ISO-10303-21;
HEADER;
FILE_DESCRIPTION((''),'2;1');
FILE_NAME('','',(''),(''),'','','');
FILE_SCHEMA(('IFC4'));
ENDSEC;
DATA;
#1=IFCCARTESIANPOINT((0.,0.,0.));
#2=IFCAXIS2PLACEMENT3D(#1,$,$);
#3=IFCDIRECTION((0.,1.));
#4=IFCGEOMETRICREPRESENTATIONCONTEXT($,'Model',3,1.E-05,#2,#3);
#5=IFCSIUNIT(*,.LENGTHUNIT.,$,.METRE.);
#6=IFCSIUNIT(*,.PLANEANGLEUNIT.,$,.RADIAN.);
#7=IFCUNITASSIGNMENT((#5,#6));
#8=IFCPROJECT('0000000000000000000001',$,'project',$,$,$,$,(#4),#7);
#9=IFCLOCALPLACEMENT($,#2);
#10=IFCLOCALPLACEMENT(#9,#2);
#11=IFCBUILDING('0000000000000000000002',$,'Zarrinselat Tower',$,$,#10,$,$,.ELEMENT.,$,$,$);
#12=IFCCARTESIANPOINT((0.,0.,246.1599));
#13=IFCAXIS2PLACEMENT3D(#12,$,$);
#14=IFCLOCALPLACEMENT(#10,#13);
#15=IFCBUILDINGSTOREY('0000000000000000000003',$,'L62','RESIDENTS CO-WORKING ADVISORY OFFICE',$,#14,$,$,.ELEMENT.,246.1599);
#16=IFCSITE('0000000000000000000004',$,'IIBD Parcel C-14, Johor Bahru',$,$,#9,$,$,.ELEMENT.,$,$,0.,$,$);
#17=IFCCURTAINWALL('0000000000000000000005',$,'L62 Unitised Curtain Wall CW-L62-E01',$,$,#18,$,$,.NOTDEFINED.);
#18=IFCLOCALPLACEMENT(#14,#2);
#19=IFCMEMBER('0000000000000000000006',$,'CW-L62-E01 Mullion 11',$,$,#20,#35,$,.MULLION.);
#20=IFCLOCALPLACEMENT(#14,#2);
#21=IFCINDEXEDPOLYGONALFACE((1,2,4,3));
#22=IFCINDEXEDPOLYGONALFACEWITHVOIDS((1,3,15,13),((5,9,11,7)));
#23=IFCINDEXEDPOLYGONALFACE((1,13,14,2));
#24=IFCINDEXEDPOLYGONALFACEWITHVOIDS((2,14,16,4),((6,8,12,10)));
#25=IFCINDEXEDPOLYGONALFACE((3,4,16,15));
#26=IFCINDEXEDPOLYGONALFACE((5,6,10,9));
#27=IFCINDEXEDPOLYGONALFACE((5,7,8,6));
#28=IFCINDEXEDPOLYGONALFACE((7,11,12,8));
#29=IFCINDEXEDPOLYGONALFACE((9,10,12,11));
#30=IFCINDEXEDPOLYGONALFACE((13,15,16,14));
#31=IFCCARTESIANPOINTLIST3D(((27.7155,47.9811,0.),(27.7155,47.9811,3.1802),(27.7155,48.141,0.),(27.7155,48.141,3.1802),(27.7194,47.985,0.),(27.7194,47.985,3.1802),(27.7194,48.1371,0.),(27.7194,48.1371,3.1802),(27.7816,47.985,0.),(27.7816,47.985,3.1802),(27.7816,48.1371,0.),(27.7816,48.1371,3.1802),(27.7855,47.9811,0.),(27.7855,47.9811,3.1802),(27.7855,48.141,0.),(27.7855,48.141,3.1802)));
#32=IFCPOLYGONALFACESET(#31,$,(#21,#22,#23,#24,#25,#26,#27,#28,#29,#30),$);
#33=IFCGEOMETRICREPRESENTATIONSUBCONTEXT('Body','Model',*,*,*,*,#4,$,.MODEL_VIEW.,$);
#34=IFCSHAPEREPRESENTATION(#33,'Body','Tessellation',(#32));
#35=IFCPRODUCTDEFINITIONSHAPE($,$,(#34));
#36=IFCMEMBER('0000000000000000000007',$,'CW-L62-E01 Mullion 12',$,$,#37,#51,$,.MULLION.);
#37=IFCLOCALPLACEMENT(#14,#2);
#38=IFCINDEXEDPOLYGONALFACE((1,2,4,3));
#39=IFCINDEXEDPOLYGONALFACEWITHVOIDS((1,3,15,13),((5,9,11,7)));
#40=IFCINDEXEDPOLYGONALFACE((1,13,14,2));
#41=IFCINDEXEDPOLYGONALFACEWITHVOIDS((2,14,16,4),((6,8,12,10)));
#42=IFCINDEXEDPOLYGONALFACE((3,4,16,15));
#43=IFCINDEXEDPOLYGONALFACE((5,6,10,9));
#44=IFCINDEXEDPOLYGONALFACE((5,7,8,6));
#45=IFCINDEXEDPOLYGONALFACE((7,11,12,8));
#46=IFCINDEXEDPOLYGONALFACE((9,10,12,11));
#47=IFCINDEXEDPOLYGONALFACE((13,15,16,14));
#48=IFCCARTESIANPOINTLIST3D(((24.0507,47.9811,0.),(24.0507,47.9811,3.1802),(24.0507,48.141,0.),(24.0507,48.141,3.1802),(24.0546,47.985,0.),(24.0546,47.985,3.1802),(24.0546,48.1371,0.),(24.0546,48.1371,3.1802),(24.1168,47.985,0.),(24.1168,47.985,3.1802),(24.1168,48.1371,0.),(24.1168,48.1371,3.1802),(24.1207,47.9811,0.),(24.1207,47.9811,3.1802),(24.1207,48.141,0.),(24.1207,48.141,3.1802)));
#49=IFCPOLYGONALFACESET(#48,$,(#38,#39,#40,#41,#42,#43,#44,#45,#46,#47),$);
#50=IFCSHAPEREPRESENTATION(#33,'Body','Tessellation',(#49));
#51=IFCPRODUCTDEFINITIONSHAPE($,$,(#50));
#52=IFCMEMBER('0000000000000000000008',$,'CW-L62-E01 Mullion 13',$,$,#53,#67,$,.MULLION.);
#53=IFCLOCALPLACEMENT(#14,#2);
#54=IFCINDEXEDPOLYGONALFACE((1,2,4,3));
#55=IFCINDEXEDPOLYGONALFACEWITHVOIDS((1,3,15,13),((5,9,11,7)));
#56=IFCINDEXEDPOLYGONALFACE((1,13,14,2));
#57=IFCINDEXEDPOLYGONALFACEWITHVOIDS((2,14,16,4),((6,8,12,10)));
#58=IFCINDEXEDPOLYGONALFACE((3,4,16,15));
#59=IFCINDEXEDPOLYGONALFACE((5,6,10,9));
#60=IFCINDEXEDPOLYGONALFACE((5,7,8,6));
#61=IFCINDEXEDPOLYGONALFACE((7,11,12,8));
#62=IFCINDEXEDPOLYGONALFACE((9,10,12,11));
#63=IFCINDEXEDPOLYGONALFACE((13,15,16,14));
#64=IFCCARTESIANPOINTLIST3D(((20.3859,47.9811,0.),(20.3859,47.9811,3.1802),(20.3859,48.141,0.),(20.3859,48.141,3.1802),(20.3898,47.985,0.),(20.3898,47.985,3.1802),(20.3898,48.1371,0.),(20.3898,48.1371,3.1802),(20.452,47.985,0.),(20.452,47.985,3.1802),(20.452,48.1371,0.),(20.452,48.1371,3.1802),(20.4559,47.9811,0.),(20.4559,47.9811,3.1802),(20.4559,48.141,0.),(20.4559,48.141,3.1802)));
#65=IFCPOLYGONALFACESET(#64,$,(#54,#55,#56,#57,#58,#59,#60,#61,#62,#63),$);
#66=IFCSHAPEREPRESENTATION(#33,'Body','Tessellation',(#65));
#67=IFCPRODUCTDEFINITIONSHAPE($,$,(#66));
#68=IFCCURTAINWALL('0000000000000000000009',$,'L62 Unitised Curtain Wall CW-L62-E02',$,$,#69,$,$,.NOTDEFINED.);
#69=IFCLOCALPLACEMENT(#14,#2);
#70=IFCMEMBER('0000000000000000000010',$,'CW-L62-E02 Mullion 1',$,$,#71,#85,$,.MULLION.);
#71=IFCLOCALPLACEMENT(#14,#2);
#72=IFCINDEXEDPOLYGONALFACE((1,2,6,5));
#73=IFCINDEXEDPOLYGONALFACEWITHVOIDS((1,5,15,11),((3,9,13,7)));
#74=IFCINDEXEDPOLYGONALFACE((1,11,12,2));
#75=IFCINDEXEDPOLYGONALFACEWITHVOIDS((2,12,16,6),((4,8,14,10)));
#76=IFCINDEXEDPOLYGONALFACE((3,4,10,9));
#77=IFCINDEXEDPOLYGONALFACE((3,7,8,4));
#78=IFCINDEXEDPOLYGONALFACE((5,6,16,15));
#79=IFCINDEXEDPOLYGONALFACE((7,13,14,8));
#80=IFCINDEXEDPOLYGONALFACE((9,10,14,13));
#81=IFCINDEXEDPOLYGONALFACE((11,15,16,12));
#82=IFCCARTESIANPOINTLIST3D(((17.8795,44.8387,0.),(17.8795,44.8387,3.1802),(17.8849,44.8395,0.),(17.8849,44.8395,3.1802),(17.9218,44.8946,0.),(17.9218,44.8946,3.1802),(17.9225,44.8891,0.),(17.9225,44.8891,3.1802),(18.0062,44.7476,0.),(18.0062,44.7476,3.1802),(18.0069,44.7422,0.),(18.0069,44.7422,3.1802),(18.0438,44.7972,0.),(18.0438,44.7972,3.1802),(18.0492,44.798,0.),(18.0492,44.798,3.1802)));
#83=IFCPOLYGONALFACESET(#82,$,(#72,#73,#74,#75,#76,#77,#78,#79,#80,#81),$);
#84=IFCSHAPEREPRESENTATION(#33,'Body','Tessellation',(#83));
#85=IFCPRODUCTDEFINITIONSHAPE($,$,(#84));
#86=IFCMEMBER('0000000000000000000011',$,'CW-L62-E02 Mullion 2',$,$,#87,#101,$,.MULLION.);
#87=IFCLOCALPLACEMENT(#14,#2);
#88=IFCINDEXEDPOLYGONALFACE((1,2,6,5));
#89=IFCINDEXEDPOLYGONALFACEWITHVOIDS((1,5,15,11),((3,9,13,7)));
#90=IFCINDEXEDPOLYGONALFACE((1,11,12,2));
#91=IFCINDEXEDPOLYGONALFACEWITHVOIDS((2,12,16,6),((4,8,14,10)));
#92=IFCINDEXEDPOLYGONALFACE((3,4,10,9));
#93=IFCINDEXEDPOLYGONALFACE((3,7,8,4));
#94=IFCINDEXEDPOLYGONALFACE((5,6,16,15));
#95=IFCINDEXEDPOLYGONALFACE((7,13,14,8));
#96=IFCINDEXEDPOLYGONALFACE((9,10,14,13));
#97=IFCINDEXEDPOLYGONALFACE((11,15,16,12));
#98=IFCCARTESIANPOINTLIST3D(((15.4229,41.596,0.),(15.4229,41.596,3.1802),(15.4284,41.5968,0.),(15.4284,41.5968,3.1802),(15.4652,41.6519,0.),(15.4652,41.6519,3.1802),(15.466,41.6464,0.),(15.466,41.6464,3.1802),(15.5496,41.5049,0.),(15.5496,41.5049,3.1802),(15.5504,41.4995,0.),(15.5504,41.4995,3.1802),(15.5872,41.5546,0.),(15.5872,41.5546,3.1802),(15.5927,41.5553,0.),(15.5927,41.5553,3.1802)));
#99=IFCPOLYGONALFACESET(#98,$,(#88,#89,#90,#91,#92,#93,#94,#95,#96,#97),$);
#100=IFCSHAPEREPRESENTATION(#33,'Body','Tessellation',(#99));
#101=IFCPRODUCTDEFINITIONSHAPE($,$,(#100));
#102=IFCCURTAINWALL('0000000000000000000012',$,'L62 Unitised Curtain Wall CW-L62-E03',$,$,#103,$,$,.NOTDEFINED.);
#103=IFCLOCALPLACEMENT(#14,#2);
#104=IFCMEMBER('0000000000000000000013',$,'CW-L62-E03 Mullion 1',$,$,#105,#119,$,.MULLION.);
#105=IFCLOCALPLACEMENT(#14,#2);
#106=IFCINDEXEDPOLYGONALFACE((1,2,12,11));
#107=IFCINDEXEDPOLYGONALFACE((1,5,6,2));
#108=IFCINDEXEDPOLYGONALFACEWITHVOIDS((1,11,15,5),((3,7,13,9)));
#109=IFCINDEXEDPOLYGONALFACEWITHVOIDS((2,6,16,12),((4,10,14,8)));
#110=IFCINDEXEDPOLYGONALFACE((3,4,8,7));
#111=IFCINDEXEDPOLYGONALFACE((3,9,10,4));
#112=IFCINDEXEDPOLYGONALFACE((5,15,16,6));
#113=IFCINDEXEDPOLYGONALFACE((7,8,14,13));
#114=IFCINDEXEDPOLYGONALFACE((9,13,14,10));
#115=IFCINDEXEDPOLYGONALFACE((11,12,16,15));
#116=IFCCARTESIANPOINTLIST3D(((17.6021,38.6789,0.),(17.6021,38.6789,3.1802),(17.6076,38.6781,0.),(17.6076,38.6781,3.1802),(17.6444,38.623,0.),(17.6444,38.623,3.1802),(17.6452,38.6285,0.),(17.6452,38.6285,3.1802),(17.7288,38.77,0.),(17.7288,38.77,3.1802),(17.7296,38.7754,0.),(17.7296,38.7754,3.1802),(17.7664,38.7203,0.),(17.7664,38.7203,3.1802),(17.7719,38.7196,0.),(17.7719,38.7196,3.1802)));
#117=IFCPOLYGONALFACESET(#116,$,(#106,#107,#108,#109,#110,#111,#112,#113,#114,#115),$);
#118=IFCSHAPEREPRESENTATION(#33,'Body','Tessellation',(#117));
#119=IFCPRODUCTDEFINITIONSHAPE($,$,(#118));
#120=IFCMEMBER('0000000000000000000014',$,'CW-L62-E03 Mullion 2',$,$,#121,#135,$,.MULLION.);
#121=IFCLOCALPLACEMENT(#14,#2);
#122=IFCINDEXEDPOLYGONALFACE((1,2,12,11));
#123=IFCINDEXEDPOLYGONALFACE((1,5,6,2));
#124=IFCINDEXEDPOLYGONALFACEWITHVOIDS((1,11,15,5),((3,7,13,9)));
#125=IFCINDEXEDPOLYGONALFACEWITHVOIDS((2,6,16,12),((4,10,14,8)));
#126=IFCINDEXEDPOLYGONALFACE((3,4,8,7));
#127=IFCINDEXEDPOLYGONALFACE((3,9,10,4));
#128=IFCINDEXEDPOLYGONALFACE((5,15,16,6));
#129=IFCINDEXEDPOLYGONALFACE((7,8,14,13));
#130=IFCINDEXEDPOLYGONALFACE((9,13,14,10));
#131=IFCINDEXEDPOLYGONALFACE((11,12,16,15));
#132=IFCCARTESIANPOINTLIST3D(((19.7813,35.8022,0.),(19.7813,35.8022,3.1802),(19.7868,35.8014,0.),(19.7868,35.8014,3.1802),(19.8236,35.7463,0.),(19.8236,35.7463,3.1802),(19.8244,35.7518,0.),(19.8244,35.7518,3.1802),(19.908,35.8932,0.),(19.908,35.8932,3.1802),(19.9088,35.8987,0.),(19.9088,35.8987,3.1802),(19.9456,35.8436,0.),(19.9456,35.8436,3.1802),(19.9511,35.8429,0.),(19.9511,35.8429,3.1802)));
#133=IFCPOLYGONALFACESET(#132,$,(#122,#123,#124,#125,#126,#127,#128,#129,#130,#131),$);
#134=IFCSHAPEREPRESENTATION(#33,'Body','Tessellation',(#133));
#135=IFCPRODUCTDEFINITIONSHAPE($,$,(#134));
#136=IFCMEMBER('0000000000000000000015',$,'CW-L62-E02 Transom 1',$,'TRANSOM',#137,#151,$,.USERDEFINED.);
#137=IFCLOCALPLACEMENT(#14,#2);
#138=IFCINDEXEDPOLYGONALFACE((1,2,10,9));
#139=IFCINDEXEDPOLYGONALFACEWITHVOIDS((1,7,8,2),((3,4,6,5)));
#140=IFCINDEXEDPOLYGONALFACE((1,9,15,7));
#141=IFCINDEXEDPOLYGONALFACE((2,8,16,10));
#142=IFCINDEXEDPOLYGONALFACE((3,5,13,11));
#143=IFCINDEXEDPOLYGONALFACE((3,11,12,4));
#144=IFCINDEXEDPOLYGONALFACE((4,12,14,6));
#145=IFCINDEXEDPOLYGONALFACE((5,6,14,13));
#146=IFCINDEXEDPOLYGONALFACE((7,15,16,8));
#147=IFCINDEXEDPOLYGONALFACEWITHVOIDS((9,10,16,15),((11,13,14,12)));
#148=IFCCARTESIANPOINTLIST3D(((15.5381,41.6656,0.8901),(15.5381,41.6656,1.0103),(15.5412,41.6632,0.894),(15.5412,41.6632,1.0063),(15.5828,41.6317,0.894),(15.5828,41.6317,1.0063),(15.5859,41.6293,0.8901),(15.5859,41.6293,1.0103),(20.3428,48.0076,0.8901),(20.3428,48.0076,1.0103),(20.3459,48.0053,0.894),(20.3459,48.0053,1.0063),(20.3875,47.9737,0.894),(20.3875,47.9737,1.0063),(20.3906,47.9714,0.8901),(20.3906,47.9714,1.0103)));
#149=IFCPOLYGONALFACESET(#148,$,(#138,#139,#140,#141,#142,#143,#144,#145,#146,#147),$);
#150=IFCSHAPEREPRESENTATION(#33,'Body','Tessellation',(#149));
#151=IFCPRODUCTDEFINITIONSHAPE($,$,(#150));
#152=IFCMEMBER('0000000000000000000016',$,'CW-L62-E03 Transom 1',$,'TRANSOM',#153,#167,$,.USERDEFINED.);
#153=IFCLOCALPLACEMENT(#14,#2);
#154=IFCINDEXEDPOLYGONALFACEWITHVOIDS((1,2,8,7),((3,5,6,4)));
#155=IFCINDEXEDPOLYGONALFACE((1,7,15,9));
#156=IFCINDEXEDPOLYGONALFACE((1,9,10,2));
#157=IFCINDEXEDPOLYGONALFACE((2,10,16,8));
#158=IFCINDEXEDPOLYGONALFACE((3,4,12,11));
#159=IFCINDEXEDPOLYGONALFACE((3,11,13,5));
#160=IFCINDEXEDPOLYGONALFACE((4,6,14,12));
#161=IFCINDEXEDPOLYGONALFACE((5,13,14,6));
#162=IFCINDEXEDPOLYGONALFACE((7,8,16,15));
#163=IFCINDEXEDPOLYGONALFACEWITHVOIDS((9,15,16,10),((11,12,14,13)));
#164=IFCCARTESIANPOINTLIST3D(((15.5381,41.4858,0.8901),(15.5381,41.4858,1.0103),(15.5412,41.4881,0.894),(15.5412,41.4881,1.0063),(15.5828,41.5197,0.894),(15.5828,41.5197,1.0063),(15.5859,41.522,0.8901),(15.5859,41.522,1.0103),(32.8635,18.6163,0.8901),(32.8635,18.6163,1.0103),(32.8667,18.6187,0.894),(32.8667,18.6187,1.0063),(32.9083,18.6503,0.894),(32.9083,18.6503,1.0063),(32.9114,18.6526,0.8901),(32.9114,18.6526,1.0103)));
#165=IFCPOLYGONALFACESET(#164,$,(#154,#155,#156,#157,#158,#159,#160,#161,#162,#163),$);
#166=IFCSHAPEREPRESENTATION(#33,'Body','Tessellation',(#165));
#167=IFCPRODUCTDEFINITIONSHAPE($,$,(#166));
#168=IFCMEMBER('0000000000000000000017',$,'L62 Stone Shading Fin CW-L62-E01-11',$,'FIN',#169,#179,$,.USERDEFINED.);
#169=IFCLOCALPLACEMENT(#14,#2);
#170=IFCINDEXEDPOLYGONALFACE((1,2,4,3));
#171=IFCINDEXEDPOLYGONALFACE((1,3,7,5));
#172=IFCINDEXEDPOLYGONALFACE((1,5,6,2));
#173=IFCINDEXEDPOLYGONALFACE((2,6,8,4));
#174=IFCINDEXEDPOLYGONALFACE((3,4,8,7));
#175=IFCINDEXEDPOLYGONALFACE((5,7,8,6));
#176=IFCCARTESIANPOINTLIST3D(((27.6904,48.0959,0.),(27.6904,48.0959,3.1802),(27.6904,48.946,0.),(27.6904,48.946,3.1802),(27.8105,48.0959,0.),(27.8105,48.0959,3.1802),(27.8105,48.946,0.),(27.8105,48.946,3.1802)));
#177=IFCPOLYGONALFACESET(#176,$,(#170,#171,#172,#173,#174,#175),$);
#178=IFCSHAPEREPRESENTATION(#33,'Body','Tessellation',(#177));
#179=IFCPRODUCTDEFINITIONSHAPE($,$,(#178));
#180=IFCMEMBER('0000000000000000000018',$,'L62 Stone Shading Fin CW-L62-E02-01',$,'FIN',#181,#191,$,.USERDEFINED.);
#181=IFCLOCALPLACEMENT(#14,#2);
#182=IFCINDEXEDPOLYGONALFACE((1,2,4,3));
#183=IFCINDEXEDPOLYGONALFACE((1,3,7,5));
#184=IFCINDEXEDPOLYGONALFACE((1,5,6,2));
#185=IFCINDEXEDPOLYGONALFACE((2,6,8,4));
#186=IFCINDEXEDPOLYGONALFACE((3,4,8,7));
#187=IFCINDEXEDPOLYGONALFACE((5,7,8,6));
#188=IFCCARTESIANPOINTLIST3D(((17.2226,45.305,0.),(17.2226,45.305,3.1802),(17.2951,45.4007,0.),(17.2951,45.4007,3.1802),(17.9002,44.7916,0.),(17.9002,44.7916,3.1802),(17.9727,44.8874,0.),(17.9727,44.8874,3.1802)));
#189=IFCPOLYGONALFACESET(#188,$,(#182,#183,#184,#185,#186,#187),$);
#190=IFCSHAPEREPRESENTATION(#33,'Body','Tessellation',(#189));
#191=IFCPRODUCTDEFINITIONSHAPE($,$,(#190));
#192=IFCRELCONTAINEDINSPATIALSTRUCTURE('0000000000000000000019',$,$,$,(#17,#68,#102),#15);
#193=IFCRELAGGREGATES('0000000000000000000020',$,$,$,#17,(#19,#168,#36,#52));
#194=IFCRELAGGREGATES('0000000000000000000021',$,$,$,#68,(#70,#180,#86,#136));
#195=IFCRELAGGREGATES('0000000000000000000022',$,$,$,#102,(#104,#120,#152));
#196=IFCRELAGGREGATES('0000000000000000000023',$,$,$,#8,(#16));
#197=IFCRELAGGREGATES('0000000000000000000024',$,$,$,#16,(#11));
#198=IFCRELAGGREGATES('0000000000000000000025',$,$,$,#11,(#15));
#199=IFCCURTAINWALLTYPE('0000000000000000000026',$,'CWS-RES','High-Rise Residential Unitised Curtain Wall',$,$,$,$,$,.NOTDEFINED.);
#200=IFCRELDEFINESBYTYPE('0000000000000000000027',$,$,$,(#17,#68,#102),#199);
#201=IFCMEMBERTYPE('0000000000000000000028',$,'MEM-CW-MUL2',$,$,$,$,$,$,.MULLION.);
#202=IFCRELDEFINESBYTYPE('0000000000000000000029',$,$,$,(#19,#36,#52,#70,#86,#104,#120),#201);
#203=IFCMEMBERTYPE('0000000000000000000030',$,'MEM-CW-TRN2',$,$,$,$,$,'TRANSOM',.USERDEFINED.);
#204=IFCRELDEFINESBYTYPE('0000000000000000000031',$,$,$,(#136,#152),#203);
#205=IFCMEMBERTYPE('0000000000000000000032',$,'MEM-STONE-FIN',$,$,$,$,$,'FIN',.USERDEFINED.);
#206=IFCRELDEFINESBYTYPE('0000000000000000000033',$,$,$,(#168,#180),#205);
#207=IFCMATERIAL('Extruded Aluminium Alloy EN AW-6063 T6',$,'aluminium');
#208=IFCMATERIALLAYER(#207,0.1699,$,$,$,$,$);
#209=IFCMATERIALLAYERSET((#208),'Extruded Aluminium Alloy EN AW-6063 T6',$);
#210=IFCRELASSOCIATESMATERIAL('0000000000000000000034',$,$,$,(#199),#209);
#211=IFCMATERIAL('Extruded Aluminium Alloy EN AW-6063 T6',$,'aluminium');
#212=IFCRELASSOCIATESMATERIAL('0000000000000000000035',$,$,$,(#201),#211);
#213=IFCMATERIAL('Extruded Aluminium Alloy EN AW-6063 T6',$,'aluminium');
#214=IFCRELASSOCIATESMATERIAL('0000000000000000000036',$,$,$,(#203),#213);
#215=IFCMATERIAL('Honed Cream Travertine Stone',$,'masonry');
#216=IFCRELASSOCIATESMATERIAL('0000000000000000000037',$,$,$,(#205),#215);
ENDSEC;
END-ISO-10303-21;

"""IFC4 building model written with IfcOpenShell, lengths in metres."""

from ifc_helpers import new_model, si_unit, direction, frame, origin, origin_2d, place, context, subcontext, project, spatial, rectangle, hollow_rectangle, extrude, material, layer, layer_set, material_profile, profile_set, type_object, element, aggregate, save


model = new_model("IFC4")

# Units and contexts
model_context = context("Model", 3, precision=1e-05, world=origin(), true_north=direction((0.0, 1.0)))
body_context = subcontext(model_context, "Body", "Model", "MODEL_VIEW")
ifc_project = project(units=[si_unit("LENGTHUNIT", "METRE"), si_unit("PLANEANGLEUNIT", "RADIAN")], contexts=[model_context])

# Site, building, storey
site_placement = place(None, origin())
site = spatial("IfcSite", under=ifc_project, at=site_placement, Name="IIBD Parcel C-14, Johor Bahru", CompositionType="ELEMENT", RefElevation=0.0)
building_placement = place(site_placement, origin())
building = spatial("IfcBuilding", under=site, at=building_placement, Name="Zarrinselat Tower", CompositionType="ELEMENT")
storey_placement = place(building_placement, frame((0.0, 0.0, 246.1599)))
storey = spatial("IfcBuildingStorey", under=building, at=storey_placement, Name="L62", Description="RESIDENTS CO-WORKING ADVISORY OFFICE", CompositionType="ELEMENT", Elevation=246.1599)

# Curtain walls, members
ifc_material_1 = material(Name="Extruded Aluminium Alloy EN AW-6063 T6", Category="aluminium")
ifc_layer_1 = layer(ifc_material_1, 0.1699)
ifc_layer_set_1 = layer_set([ifc_layer_1], Name="Extruded Aluminium Alloy EN AW-6063 T6")
curtain_wall_type = type_object("IfcCurtainWallType", Name="CWS-RES", Description="High-Rise Residential Unitised Curtain Wall", PredefinedType="NOTDEFINED", material=ifc_layer_set_1)
curtain_wall_1_placement = place(storey_placement, origin())
curtain_wall_1 = element("IfcCurtainWall", 1, at=curtain_wall_1_placement, inside=storey, type_object=curtain_wall_type, Name="L62 Unitised Curtain Wall CW-L62-E01", PredefinedType="NOTDEFINED")
ifc_material_2 = material(Name="Extruded Aluminium Alloy EN AW-6063 T6", Category="aluminium")
ifc_material_profile_1 = material_profile(ifc_material_2, hollow_rectangle(XDim=0.0701, YDim=0.1599, WallThickness=0.0039, at=origin_2d()), Name="RHS 160x70x4")
ifc_profile_set_1 = profile_set([ifc_material_profile_1], Name="Extruded Aluminium Alloy EN AW-6063 T6")
member_type_1 = type_object("IfcMemberType", Name="MEM-CW-MUL2", PredefinedType="MULLION", material=ifc_profile_set_1)
member_1_placement = place(storey_placement, frame((27.7505, 48.061, 0.0), z_axis=(0.0, 0.0, 1.0), x_axis=(-1.0, 0.0, 0.0)))
member_1 = element("IfcMember", 2, at=member_1_placement, type_object=member_type_1, Name="CW-L62-E01 Mullion 11", PredefinedType="MULLION", context=body_context, shape_type="SweptSolid", body=[
    extrude(hollow_rectangle(XDim=0.0701, YDim=0.1599, WallThickness=0.0039, at=origin_2d()), origin(), (0.0, 0.0, 1.0), 3.1802),
])
member_2_placement = place(storey_placement, frame((24.0857, 48.061, 0.0), z_axis=(0.0, 0.0, 1.0), x_axis=(-1.0, 0.0, 0.0)))
member_2 = element("IfcMember", 3, at=member_2_placement, type_object=member_type_1, Name="CW-L62-E01 Mullion 12", PredefinedType="MULLION", context=body_context, shape_type="SweptSolid", body=[
    extrude(hollow_rectangle(XDim=0.0701, YDim=0.1599, WallThickness=0.0039, at=origin_2d()), origin(), (0.0, 0.0, 1.0), 3.1802),
])
member_3_placement = place(storey_placement, frame((20.4209, 48.061, 0.0), z_axis=(0.0, 0.0, 1.0), x_axis=(-1.0, 0.0, 0.0)))
member_3 = element("IfcMember", 4, at=member_3_placement, type_object=member_type_1, Name="CW-L62-E01 Mullion 13", PredefinedType="MULLION", context=body_context, shape_type="SweptSolid", body=[
    extrude(hollow_rectangle(XDim=0.0701, YDim=0.1599, WallThickness=0.0039, at=origin_2d()), origin(), (0.0, 0.0, 1.0), 3.1802),
])
curtain_wall_2_placement = place(storey_placement, origin())
curtain_wall_2 = element("IfcCurtainWall", 5, at=curtain_wall_2_placement, inside=storey, type_object=curtain_wall_type, Name="L62 Unitised Curtain Wall CW-L62-E02", PredefinedType="NOTDEFINED")
member_4_placement = place(storey_placement, frame((17.9644, 44.8184, 0.0), z_axis=(0.0, 0.0, 1.0), x_axis=(-0.603859, -0.797091, 0.0)))
member_4 = element("IfcMember", 6, at=member_4_placement, type_object=member_type_1, Name="CW-L62-E02 Mullion 1", PredefinedType="MULLION", context=body_context, shape_type="SweptSolid", body=[
    extrude(hollow_rectangle(XDim=0.0701, YDim=0.1599, WallThickness=0.0039, at=origin_2d()), origin(), (0.0, 0.0, 1.0), 3.1802),
])
member_5_placement = place(storey_placement, frame((15.5078, 41.5757, 0.0), z_axis=(0.0, 0.0, 1.0), x_axis=(-0.603859, -0.797091, 0.0)))
member_5 = element("IfcMember", 7, at=member_5_placement, type_object=member_type_1, Name="CW-L62-E02 Mullion 2", PredefinedType="MULLION", context=body_context, shape_type="SweptSolid", body=[
    extrude(hollow_rectangle(XDim=0.0701, YDim=0.1599, WallThickness=0.0039, at=origin_2d()), origin(), (0.0, 0.0, 1.0), 3.1802),
])
curtain_wall_3_placement = place(storey_placement, origin())
curtain_wall_3 = element("IfcCurtainWall", 8, at=curtain_wall_3_placement, inside=storey, type_object=curtain_wall_type, Name="L62 Unitised Curtain Wall CW-L62-E03", PredefinedType="NOTDEFINED")
member_6_placement = place(storey_placement, frame((17.687, 38.6992, 0.0), z_axis=(0.0, 0.0, 1.0), x_axis=(0.603858, -0.797092, 0.0)))
member_6 = element("IfcMember", 9, at=member_6_placement, type_object=member_type_1, Name="CW-L62-E03 Mullion 1", PredefinedType="MULLION", context=body_context, shape_type="SweptSolid", body=[
    extrude(hollow_rectangle(XDim=0.0701, YDim=0.1599, WallThickness=0.0039, at=origin_2d()), origin(), (0.0, 0.0, 1.0), 3.1802),
])
member_7_placement = place(storey_placement, frame((19.8662, 35.8225, 0.0), z_axis=(0.0, 0.0, 1.0), x_axis=(0.603858, -0.797092, 0.0)))
member_7 = element("IfcMember", 10, at=member_7_placement, type_object=member_type_1, Name="CW-L62-E03 Mullion 2", PredefinedType="MULLION", context=body_context, shape_type="SweptSolid", body=[
    extrude(hollow_rectangle(XDim=0.0701, YDim=0.1599, WallThickness=0.0039, at=origin_2d()), origin(), (0.0, 0.0, 1.0), 3.1802),
])

# Members
ifc_material_3 = material(Name="Extruded Aluminium Alloy EN AW-6063 T6", Category="aluminium")
ifc_material_profile_2 = material_profile(ifc_material_3, hollow_rectangle(XDim=0.0601, YDim=0.1201, WallThickness=0.0039, at=origin_2d()), Name="RHS 120x60x4")
ifc_profile_set_2 = profile_set([ifc_material_profile_2], Name="Extruded Aluminium Alloy EN AW-6063 T6")
member_type_2 = type_object("IfcMemberType", Name="MEM-CW-TRN2", ElementType="TRANSOM", PredefinedType="USERDEFINED", material=ifc_profile_set_2)
member_8_placement = place(storey_placement, frame((20.3667, 47.9895, 0.9502), z_axis=(-0.603867, -0.797085, 0.0), x_axis=(0.797085, -0.603867, 0.0)))
member_8 = element("IfcMember", 11, at=member_8_placement, type_object=member_type_2, Name="CW-L62-E02 Transom 1", ObjectType="TRANSOM", PredefinedType="USERDEFINED", context=body_context, shape_type="SweptSolid", body=[
    extrude(hollow_rectangle(XDim=0.0601, YDim=0.1201, WallThickness=0.0039, at=origin_2d()), origin(), (0.0, 0.0, 1.0), 7.9565),
])
member_9_placement = place(storey_placement, frame((15.562, 41.5039, 0.9502), z_axis=(0.603861, -0.79709, 0.0), x_axis=(0.79709, 0.603861, 0.0)))
member_9 = element("IfcMember", 12, at=member_9_placement, type_object=member_type_2, Name="CW-L62-E03 Transom 1", ObjectType="TRANSOM", PredefinedType="USERDEFINED", context=body_context, shape_type="SweptSolid", body=[
    extrude(hollow_rectangle(XDim=0.0601, YDim=0.1201, WallThickness=0.0039, at=origin_2d()), origin(), (0.0, 0.0, 1.0), 28.6912),
])
ifc_material_4 = material(Name="Honed Cream Travertine Stone", Category="masonry")
ifc_material_profile_3 = material_profile(ifc_material_4, rectangle(XDim=0.1201, YDim=0.8501, at=origin_2d()), Name="FIN 850x120")
ifc_profile_set_3 = profile_set([ifc_material_profile_3], Name="Honed Cream Travertine Stone")
member_type_3 = type_object("IfcMemberType", Name="MEM-STONE-FIN", ElementType="FIN", PredefinedType="USERDEFINED", material=ifc_profile_set_3)
member_10_placement = place(storey_placement, frame((27.7505, 48.521, 0.0), z_axis=(0.0, 0.0, 1.0), x_axis=(1.0, 0.0, 0.0)))
member_10 = element("IfcMember", 13, at=member_10_placement, type_object=member_type_3, Name="L62 Stone Shading Fin CW-L62-E01-11", ObjectType="FIN", PredefinedType="USERDEFINED", context=body_context, shape_type="SweptSolid", body=[
    extrude(rectangle(XDim=0.1201, YDim=0.8501, at=origin_2d()), origin(), (0.0, 0.0, 1.0), 3.1802),
])
member_11_placement = place(storey_placement, frame((17.5977, 45.0962, 0.0), z_axis=(0.0, 0.0, 1.0), x_axis=(0.603859, 0.797091, 0.0)))
member_11 = element("IfcMember", 14, at=member_11_placement, type_object=member_type_3, Name="L62 Stone Shading Fin CW-L62-E02-01", ObjectType="FIN", PredefinedType="USERDEFINED", context=body_context, shape_type="SweptSolid", body=[
    extrude(rectangle(XDim=0.1201, YDim=0.8501, at=origin_2d()), origin(), (0.0, 0.0, 1.0), 3.1802),
])

aggregate(curtain_wall_1, [member_1, member_10, member_2, member_3])
aggregate(curtain_wall_2, [member_4, member_11, member_5, member_8])
aggregate(curtain_wall_3, [member_6, member_7, member_9])

save(model, "model.ifc")
